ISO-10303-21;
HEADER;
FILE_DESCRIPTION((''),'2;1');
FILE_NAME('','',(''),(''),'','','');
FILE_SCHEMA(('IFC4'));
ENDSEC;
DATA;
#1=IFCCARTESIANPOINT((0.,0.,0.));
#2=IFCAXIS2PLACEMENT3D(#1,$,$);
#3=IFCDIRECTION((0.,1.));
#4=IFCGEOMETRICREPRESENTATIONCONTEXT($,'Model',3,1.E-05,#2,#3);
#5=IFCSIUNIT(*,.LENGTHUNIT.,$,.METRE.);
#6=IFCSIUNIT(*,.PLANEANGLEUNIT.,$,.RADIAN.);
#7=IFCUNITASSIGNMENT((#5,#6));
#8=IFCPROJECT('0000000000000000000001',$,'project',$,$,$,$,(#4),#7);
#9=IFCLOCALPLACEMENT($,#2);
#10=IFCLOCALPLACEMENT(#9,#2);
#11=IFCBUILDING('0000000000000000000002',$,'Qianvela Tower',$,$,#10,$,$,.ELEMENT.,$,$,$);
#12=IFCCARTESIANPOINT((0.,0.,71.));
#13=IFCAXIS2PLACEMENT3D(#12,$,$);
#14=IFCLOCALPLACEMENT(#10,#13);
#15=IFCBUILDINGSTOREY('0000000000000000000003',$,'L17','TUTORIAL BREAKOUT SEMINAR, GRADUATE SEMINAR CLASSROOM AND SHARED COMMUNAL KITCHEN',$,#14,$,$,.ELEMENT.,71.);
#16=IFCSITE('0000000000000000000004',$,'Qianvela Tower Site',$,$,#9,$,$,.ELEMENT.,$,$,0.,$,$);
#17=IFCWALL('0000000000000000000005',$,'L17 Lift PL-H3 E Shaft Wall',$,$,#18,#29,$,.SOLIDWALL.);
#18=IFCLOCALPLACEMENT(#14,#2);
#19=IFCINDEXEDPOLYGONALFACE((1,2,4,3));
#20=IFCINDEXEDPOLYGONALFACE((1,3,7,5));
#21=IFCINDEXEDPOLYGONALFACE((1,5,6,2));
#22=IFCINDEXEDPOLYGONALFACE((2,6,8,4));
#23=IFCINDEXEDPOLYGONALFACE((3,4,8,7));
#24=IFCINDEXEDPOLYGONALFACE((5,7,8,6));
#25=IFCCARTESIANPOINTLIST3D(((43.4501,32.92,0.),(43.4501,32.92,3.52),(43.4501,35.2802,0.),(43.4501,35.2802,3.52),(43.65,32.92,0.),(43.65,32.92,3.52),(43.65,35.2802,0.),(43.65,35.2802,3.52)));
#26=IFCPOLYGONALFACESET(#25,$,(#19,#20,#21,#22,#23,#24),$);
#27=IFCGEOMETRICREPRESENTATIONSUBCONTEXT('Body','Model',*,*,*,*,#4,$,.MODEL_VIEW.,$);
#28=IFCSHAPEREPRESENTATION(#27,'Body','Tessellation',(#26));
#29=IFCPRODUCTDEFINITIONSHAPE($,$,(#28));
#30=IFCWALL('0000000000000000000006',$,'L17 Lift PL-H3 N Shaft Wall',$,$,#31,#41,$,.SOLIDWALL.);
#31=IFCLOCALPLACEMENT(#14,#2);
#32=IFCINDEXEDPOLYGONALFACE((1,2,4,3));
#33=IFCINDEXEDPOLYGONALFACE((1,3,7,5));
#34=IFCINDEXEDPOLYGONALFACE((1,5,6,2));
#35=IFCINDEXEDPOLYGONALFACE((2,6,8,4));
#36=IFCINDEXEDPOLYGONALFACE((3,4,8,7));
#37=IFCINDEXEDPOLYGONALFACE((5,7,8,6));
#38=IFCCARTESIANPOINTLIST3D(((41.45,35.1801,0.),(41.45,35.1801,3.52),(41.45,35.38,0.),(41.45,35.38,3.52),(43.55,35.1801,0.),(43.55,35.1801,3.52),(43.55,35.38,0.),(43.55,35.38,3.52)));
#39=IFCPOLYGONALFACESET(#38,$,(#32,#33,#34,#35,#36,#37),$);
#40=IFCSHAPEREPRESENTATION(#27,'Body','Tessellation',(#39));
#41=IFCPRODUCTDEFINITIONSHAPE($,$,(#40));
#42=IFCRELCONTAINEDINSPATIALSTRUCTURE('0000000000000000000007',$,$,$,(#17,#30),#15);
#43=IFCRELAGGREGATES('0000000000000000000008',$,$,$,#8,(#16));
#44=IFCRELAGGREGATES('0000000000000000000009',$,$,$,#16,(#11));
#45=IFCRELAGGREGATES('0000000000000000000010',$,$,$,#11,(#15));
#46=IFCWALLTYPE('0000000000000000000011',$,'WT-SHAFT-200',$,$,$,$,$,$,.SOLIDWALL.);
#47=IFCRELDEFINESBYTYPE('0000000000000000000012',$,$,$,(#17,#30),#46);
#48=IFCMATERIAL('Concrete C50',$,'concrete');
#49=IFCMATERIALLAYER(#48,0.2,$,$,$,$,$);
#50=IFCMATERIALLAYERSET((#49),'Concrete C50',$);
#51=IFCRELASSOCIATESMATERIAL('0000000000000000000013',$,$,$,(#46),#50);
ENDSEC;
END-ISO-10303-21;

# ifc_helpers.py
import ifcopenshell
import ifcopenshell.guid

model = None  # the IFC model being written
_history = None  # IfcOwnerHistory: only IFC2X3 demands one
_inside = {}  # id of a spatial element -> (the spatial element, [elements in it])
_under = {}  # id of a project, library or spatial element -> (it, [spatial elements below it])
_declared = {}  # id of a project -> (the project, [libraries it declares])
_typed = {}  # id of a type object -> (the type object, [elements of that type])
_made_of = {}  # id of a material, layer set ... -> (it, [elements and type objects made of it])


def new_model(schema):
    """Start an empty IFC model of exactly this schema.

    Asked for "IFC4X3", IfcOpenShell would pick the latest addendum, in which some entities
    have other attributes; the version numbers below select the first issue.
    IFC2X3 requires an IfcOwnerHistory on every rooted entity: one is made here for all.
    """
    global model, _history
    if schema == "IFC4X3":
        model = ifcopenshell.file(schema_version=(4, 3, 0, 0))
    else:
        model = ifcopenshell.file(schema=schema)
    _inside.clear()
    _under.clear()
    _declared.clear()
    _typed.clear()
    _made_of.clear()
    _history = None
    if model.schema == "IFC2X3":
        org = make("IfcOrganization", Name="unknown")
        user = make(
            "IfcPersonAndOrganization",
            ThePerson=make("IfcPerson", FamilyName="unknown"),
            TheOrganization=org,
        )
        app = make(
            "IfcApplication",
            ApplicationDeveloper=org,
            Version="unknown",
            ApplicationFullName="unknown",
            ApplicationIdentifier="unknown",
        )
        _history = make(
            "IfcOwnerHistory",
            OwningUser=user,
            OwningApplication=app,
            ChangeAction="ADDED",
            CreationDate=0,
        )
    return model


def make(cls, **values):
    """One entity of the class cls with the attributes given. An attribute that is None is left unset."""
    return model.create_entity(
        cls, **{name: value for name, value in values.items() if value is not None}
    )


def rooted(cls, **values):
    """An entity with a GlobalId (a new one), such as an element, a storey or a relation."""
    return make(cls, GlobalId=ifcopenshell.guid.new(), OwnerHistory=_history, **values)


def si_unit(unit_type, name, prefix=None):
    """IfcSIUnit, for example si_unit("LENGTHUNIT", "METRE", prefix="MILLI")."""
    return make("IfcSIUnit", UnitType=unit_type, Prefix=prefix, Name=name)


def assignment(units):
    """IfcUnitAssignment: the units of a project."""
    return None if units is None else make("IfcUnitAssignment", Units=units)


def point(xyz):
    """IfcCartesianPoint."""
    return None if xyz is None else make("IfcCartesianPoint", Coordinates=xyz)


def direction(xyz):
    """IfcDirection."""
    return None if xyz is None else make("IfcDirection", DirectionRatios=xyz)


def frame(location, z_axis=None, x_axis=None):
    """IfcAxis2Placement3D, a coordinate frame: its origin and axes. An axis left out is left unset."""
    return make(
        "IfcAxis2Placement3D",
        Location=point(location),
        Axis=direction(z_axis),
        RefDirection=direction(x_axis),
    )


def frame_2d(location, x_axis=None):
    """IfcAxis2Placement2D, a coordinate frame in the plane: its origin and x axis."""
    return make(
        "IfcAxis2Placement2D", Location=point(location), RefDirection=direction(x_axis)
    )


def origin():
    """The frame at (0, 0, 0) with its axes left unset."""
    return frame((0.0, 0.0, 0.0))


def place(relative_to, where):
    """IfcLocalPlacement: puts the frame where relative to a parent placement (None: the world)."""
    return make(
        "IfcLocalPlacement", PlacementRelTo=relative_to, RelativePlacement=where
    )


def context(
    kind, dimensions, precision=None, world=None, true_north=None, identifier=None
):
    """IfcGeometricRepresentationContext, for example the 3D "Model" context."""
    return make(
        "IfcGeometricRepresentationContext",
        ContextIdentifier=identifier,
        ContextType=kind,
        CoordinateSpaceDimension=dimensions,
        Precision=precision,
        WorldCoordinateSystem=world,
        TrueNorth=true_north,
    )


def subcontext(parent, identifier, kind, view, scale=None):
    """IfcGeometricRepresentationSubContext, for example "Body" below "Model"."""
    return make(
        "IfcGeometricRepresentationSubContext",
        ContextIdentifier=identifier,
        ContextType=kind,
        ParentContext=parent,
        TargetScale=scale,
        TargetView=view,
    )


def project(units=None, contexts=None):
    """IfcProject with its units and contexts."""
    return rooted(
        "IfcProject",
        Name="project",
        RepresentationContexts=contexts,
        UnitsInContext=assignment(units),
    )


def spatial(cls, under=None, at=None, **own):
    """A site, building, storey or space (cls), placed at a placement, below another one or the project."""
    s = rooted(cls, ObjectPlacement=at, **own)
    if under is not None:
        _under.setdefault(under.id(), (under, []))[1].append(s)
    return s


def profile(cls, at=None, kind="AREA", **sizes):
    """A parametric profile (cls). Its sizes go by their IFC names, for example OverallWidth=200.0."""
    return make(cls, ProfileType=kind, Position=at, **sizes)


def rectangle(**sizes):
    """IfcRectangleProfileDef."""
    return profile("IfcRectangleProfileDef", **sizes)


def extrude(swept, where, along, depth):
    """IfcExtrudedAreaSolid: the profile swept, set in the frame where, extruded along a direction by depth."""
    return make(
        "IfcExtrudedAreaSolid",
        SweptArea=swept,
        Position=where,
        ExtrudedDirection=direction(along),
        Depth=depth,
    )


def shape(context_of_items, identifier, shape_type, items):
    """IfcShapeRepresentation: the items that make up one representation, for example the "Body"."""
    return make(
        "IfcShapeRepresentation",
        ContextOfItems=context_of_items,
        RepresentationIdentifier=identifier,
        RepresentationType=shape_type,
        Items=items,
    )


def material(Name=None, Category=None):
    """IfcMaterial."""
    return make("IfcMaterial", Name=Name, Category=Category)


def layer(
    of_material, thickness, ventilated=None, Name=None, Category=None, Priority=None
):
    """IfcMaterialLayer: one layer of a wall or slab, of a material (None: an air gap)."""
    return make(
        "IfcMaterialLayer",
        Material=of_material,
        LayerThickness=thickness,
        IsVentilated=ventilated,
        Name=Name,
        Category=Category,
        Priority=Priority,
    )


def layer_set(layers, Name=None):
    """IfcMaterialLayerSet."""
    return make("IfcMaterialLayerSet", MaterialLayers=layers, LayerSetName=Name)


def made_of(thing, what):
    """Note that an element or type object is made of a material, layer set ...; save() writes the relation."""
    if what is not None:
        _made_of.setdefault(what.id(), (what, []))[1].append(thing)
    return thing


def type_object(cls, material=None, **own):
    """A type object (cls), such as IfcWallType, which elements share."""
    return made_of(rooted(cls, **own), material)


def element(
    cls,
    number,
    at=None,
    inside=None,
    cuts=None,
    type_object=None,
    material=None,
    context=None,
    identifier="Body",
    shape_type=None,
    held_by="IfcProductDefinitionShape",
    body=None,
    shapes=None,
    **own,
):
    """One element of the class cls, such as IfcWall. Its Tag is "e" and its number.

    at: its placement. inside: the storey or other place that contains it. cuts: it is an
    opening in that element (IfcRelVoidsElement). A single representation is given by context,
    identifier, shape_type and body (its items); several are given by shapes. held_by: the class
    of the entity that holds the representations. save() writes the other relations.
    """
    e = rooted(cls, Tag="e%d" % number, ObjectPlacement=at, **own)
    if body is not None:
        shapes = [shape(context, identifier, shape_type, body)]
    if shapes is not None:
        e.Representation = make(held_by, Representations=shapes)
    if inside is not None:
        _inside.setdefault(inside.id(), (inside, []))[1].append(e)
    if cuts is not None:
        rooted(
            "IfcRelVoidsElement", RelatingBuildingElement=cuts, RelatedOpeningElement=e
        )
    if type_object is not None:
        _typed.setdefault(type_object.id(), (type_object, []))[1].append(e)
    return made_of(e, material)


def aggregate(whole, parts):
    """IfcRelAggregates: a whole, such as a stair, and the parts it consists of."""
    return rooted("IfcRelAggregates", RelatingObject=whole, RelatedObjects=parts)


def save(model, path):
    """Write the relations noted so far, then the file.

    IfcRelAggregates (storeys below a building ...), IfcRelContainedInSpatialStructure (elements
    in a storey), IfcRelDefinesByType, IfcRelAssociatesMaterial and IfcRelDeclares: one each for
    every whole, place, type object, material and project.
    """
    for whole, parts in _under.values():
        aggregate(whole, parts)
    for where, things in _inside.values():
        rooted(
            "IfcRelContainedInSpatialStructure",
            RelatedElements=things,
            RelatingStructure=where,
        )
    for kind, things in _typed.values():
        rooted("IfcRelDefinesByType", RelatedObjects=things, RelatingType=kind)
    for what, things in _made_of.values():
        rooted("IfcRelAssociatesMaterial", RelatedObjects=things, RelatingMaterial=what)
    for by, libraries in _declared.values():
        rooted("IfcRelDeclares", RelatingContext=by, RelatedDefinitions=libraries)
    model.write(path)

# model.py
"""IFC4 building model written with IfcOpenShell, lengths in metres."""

from ifc_helpers import new_model, si_unit, direction, frame, frame_2d, origin, place, context, subcontext, project, spatial, rectangle, extrude, material, layer, layer_set, type_object, element, save


model = new_model("IFC4")

# Units and contexts
model_context = context("Model", 3, precision=1e-05, world=origin(), true_north=direction((0.0, 1.0)))
body_context = subcontext(model_context, "Body", "Model", "MODEL_VIEW")
ifc_project = project(units=[si_unit("LENGTHUNIT", "METRE"), si_unit("PLANEANGLEUNIT", "RADIAN")], contexts=[model_context])

# Site, building, storey
site_placement = place(None, origin())
site = spatial("IfcSite", under=ifc_project, at=site_placement, Name="Qianvela Tower Site", CompositionType="ELEMENT", RefElevation=0.0)
building_placement = place(site_placement, origin())
building = spatial("IfcBuilding", under=site, at=building_placement, Name="Qianvela Tower", CompositionType="ELEMENT")
storey_placement = place(building_placement, frame((0.0, 0.0, 71.0)))
storey = spatial("IfcBuildingStorey", under=building, at=storey_placement, Name="L17", Description="TUTORIAL BREAKOUT SEMINAR, GRADUATE SEMINAR CLASSROOM AND SHARED COMMUNAL KITCHEN", CompositionType="ELEMENT", Elevation=71.0)

# Walls
ifc_material_1 = material(Name="Concrete C50", Category="concrete")
ifc_layer_1 = layer(ifc_material_1, 0.2)
ifc_layer_set_1 = layer_set([ifc_layer_1], Name="Concrete C50")
wall_type_1 = type_object("IfcWallType", Name="WT-SHAFT-200", PredefinedType="SOLIDWALL", material=ifc_layer_set_1)
wall_1_placement = place(storey_placement, frame((43.55, 32.9199, 0.0), z_axis=(0.0, 0.0, 1.0), x_axis=(0.0, 1.0, 0.0)))
element("IfcWall", 1, at=wall_1_placement, inside=storey, type_object=wall_type_1, Name="L17 Lift PL-H3 E Shaft Wall", PredefinedType="SOLIDWALL", context=body_context, shape_type="SweptSolid", body=[
    extrude(rectangle(XDim=2.3601, YDim=0.2, at=frame_2d((1.1802, 0.0))), origin(), (0.0, 0.0, 1.0), 3.52),
])
wall_2_placement = place(storey_placement, frame((41.45, 35.28, 0.0), z_axis=(0.0, 0.0, 1.0), x_axis=(1.0, 0.0, 0.0)))
element("IfcWall", 2, at=wall_2_placement, inside=storey, type_object=wall_type_1, Name="L17 Lift PL-H3 N Shaft Wall", PredefinedType="SOLIDWALL", context=body_context, shape_type="SweptSolid", body=[
    extrude(rectangle(XDim=2.1001, YDim=0.2, at=frame_2d((1.05, 0.0))), origin(), (0.0, 0.0, 1.0), 3.52),
])

save(model, "model.ifc")
